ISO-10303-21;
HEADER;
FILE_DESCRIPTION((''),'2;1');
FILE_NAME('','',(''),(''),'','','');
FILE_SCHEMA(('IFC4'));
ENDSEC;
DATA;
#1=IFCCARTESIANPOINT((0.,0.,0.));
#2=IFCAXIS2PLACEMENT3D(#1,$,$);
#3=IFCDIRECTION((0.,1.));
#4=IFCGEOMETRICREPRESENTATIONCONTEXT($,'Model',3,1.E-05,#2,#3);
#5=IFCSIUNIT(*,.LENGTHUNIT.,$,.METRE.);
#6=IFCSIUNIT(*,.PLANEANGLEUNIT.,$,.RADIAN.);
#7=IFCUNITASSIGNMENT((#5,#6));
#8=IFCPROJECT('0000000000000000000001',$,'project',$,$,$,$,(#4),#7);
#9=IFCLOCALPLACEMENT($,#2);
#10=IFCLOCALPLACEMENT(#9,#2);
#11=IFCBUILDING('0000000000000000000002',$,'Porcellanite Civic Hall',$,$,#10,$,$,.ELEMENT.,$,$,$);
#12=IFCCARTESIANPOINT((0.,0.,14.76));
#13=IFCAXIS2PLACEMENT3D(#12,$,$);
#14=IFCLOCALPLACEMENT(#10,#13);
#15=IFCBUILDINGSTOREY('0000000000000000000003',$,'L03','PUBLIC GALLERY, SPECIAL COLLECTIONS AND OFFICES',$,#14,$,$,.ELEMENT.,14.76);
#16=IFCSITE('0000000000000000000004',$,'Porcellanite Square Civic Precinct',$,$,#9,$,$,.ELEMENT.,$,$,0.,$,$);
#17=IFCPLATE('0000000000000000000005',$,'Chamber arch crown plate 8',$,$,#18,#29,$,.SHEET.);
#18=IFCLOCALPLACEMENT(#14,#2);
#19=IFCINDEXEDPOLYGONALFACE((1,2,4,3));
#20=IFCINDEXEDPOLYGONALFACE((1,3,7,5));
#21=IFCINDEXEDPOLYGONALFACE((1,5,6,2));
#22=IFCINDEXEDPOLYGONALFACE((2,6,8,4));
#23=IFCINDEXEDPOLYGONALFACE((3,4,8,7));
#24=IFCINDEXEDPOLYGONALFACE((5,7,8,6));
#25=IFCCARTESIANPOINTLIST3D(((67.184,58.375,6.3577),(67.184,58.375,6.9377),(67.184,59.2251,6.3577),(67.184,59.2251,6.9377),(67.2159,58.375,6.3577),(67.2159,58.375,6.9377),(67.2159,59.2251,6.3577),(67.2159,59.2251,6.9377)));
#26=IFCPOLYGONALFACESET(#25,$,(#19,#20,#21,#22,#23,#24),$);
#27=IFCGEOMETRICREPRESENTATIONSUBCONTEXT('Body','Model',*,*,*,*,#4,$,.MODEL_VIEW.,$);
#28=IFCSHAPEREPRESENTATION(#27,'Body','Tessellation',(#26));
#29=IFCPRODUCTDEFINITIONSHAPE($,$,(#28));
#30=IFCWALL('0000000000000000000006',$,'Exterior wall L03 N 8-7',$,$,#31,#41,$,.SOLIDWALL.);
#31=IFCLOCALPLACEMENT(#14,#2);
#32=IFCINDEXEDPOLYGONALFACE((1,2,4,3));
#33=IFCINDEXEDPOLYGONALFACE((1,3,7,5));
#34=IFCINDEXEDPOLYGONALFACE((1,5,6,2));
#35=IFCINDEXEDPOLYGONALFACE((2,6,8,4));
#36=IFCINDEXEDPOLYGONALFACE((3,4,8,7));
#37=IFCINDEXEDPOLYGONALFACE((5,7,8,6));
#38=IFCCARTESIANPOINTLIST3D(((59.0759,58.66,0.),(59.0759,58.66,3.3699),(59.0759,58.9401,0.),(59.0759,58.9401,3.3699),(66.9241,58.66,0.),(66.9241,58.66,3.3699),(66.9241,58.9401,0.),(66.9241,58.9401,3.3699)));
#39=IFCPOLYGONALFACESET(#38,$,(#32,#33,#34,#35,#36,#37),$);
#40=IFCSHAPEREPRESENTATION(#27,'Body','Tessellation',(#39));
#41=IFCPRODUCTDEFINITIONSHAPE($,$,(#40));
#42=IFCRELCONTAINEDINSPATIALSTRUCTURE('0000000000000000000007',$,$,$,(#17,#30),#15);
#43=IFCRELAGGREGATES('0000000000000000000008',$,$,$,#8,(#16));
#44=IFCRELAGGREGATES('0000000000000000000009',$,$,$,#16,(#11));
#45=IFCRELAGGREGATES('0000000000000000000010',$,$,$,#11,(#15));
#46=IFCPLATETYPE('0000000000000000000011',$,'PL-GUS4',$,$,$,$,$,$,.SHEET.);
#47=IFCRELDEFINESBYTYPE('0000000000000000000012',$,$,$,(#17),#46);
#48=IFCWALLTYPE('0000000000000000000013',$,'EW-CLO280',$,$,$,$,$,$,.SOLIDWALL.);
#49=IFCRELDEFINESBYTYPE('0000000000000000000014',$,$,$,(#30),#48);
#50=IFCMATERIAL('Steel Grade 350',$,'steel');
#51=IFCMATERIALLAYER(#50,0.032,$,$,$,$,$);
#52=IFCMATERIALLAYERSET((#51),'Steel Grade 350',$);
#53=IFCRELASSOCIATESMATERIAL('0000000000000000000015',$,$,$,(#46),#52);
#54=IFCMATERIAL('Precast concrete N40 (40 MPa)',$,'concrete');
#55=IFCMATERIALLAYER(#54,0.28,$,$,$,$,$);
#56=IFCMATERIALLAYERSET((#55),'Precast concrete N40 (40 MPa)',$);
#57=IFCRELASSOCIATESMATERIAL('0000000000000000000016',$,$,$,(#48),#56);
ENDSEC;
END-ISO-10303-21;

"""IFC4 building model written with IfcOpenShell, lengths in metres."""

from ifc_helpers import new_model, si_unit, direction, frame, frame_2d, origin, origin_2d, place, context, subcontext, project, spatial, rectangle, extrude, material, layer, layer_set, type_object, element, save


model = new_model("IFC4")

# Units and contexts
model_context = context("Model", 3, precision=1e-05, world=origin(), true_north=direction((0.0, 1.0)))
body_context = subcontext(model_context, "Body", "Model", "MODEL_VIEW")
ifc_project = project(units=[si_unit("LENGTHUNIT", "METRE"), si_unit("PLANEANGLEUNIT", "RADIAN")], contexts=[model_context])

# Site, building, storey
site_placement = place(None, origin())
site = spatial("IfcSite", under=ifc_project, at=site_placement, Name="Porcellanite Square Civic Precinct", CompositionType="ELEMENT", RefElevation=0.0)
building_placement = place(site_placement, origin())
building = spatial("IfcBuilding", under=site, at=building_placement, Name="Porcellanite Civic Hall", CompositionType="ELEMENT")
storey_placement = place(building_placement, frame((0.0, 0.0, 14.76)))
storey = spatial("IfcBuildingStorey", under=building, at=storey_placement, Name="L03", Description="PUBLIC GALLERY, SPECIAL COLLECTIONS AND OFFICES", CompositionType="ELEMENT", Elevation=14.76)

# Plate
ifc_material_1 = material(Name="Steel Grade 350", Category="steel")
ifc_layer_1 = layer(ifc_material_1, 0.032)
ifc_layer_set_1 = layer_set([ifc_layer_1], Name="Steel Grade 350")
plate_type_1 = type_object("IfcPlateType", Name="PL-GUS4", PredefinedType="SHEET", material=ifc_layer_set_1)
plate_1_placement = place(storey_placement, frame((67.2, 58.8, 6.3577), z_axis=(0.0, 0.0, 1.0), x_axis=(1.0, 0.0, 0.0)))
element("IfcPlate", 1, at=plate_1_placement, inside=storey, type_object=plate_type_1, Name="Chamber arch crown plate 8", PredefinedType="SHEET", context=body_context, shape_type="SweptSolid", body=[
    extrude(rectangle(XDim=0.032, YDim=0.8501, at=origin_2d()), origin(), (0.0, 0.0, 1.0), 0.5801),
])

# Wall
ifc_material_2 = material(Name="Precast concrete N40 (40 MPa)", Category="concrete")
ifc_layer_2 = layer(ifc_material_2, 0.28)
ifc_layer_set_2 = layer_set([ifc_layer_2], Name="Precast concrete N40 (40 MPa)")
wall_type = type_object("IfcWallType", Name="EW-CLO280", PredefinedType="SOLIDWALL", material=ifc_layer_set_2)
wall_placement = place(storey_placement, frame((59.0759, 58.8, 0.0), z_axis=(0.0, 0.0, 1.0), x_axis=(1.0, 0.0, 0.0)))
element("IfcWall", 2, at=wall_placement, inside=storey, type_object=wall_type, Name="Exterior wall L03 N 8-7", PredefinedType="SOLIDWALL", context=body_context, shape_type="SweptSolid", body=[
    extrude(rectangle(XDim=7.8481, YDim=0.28, at=frame_2d((3.9241, 0.0))), origin(), (0.0, 0.0, 1.0), 3.3699),
])

save(model, "model.ifc")
